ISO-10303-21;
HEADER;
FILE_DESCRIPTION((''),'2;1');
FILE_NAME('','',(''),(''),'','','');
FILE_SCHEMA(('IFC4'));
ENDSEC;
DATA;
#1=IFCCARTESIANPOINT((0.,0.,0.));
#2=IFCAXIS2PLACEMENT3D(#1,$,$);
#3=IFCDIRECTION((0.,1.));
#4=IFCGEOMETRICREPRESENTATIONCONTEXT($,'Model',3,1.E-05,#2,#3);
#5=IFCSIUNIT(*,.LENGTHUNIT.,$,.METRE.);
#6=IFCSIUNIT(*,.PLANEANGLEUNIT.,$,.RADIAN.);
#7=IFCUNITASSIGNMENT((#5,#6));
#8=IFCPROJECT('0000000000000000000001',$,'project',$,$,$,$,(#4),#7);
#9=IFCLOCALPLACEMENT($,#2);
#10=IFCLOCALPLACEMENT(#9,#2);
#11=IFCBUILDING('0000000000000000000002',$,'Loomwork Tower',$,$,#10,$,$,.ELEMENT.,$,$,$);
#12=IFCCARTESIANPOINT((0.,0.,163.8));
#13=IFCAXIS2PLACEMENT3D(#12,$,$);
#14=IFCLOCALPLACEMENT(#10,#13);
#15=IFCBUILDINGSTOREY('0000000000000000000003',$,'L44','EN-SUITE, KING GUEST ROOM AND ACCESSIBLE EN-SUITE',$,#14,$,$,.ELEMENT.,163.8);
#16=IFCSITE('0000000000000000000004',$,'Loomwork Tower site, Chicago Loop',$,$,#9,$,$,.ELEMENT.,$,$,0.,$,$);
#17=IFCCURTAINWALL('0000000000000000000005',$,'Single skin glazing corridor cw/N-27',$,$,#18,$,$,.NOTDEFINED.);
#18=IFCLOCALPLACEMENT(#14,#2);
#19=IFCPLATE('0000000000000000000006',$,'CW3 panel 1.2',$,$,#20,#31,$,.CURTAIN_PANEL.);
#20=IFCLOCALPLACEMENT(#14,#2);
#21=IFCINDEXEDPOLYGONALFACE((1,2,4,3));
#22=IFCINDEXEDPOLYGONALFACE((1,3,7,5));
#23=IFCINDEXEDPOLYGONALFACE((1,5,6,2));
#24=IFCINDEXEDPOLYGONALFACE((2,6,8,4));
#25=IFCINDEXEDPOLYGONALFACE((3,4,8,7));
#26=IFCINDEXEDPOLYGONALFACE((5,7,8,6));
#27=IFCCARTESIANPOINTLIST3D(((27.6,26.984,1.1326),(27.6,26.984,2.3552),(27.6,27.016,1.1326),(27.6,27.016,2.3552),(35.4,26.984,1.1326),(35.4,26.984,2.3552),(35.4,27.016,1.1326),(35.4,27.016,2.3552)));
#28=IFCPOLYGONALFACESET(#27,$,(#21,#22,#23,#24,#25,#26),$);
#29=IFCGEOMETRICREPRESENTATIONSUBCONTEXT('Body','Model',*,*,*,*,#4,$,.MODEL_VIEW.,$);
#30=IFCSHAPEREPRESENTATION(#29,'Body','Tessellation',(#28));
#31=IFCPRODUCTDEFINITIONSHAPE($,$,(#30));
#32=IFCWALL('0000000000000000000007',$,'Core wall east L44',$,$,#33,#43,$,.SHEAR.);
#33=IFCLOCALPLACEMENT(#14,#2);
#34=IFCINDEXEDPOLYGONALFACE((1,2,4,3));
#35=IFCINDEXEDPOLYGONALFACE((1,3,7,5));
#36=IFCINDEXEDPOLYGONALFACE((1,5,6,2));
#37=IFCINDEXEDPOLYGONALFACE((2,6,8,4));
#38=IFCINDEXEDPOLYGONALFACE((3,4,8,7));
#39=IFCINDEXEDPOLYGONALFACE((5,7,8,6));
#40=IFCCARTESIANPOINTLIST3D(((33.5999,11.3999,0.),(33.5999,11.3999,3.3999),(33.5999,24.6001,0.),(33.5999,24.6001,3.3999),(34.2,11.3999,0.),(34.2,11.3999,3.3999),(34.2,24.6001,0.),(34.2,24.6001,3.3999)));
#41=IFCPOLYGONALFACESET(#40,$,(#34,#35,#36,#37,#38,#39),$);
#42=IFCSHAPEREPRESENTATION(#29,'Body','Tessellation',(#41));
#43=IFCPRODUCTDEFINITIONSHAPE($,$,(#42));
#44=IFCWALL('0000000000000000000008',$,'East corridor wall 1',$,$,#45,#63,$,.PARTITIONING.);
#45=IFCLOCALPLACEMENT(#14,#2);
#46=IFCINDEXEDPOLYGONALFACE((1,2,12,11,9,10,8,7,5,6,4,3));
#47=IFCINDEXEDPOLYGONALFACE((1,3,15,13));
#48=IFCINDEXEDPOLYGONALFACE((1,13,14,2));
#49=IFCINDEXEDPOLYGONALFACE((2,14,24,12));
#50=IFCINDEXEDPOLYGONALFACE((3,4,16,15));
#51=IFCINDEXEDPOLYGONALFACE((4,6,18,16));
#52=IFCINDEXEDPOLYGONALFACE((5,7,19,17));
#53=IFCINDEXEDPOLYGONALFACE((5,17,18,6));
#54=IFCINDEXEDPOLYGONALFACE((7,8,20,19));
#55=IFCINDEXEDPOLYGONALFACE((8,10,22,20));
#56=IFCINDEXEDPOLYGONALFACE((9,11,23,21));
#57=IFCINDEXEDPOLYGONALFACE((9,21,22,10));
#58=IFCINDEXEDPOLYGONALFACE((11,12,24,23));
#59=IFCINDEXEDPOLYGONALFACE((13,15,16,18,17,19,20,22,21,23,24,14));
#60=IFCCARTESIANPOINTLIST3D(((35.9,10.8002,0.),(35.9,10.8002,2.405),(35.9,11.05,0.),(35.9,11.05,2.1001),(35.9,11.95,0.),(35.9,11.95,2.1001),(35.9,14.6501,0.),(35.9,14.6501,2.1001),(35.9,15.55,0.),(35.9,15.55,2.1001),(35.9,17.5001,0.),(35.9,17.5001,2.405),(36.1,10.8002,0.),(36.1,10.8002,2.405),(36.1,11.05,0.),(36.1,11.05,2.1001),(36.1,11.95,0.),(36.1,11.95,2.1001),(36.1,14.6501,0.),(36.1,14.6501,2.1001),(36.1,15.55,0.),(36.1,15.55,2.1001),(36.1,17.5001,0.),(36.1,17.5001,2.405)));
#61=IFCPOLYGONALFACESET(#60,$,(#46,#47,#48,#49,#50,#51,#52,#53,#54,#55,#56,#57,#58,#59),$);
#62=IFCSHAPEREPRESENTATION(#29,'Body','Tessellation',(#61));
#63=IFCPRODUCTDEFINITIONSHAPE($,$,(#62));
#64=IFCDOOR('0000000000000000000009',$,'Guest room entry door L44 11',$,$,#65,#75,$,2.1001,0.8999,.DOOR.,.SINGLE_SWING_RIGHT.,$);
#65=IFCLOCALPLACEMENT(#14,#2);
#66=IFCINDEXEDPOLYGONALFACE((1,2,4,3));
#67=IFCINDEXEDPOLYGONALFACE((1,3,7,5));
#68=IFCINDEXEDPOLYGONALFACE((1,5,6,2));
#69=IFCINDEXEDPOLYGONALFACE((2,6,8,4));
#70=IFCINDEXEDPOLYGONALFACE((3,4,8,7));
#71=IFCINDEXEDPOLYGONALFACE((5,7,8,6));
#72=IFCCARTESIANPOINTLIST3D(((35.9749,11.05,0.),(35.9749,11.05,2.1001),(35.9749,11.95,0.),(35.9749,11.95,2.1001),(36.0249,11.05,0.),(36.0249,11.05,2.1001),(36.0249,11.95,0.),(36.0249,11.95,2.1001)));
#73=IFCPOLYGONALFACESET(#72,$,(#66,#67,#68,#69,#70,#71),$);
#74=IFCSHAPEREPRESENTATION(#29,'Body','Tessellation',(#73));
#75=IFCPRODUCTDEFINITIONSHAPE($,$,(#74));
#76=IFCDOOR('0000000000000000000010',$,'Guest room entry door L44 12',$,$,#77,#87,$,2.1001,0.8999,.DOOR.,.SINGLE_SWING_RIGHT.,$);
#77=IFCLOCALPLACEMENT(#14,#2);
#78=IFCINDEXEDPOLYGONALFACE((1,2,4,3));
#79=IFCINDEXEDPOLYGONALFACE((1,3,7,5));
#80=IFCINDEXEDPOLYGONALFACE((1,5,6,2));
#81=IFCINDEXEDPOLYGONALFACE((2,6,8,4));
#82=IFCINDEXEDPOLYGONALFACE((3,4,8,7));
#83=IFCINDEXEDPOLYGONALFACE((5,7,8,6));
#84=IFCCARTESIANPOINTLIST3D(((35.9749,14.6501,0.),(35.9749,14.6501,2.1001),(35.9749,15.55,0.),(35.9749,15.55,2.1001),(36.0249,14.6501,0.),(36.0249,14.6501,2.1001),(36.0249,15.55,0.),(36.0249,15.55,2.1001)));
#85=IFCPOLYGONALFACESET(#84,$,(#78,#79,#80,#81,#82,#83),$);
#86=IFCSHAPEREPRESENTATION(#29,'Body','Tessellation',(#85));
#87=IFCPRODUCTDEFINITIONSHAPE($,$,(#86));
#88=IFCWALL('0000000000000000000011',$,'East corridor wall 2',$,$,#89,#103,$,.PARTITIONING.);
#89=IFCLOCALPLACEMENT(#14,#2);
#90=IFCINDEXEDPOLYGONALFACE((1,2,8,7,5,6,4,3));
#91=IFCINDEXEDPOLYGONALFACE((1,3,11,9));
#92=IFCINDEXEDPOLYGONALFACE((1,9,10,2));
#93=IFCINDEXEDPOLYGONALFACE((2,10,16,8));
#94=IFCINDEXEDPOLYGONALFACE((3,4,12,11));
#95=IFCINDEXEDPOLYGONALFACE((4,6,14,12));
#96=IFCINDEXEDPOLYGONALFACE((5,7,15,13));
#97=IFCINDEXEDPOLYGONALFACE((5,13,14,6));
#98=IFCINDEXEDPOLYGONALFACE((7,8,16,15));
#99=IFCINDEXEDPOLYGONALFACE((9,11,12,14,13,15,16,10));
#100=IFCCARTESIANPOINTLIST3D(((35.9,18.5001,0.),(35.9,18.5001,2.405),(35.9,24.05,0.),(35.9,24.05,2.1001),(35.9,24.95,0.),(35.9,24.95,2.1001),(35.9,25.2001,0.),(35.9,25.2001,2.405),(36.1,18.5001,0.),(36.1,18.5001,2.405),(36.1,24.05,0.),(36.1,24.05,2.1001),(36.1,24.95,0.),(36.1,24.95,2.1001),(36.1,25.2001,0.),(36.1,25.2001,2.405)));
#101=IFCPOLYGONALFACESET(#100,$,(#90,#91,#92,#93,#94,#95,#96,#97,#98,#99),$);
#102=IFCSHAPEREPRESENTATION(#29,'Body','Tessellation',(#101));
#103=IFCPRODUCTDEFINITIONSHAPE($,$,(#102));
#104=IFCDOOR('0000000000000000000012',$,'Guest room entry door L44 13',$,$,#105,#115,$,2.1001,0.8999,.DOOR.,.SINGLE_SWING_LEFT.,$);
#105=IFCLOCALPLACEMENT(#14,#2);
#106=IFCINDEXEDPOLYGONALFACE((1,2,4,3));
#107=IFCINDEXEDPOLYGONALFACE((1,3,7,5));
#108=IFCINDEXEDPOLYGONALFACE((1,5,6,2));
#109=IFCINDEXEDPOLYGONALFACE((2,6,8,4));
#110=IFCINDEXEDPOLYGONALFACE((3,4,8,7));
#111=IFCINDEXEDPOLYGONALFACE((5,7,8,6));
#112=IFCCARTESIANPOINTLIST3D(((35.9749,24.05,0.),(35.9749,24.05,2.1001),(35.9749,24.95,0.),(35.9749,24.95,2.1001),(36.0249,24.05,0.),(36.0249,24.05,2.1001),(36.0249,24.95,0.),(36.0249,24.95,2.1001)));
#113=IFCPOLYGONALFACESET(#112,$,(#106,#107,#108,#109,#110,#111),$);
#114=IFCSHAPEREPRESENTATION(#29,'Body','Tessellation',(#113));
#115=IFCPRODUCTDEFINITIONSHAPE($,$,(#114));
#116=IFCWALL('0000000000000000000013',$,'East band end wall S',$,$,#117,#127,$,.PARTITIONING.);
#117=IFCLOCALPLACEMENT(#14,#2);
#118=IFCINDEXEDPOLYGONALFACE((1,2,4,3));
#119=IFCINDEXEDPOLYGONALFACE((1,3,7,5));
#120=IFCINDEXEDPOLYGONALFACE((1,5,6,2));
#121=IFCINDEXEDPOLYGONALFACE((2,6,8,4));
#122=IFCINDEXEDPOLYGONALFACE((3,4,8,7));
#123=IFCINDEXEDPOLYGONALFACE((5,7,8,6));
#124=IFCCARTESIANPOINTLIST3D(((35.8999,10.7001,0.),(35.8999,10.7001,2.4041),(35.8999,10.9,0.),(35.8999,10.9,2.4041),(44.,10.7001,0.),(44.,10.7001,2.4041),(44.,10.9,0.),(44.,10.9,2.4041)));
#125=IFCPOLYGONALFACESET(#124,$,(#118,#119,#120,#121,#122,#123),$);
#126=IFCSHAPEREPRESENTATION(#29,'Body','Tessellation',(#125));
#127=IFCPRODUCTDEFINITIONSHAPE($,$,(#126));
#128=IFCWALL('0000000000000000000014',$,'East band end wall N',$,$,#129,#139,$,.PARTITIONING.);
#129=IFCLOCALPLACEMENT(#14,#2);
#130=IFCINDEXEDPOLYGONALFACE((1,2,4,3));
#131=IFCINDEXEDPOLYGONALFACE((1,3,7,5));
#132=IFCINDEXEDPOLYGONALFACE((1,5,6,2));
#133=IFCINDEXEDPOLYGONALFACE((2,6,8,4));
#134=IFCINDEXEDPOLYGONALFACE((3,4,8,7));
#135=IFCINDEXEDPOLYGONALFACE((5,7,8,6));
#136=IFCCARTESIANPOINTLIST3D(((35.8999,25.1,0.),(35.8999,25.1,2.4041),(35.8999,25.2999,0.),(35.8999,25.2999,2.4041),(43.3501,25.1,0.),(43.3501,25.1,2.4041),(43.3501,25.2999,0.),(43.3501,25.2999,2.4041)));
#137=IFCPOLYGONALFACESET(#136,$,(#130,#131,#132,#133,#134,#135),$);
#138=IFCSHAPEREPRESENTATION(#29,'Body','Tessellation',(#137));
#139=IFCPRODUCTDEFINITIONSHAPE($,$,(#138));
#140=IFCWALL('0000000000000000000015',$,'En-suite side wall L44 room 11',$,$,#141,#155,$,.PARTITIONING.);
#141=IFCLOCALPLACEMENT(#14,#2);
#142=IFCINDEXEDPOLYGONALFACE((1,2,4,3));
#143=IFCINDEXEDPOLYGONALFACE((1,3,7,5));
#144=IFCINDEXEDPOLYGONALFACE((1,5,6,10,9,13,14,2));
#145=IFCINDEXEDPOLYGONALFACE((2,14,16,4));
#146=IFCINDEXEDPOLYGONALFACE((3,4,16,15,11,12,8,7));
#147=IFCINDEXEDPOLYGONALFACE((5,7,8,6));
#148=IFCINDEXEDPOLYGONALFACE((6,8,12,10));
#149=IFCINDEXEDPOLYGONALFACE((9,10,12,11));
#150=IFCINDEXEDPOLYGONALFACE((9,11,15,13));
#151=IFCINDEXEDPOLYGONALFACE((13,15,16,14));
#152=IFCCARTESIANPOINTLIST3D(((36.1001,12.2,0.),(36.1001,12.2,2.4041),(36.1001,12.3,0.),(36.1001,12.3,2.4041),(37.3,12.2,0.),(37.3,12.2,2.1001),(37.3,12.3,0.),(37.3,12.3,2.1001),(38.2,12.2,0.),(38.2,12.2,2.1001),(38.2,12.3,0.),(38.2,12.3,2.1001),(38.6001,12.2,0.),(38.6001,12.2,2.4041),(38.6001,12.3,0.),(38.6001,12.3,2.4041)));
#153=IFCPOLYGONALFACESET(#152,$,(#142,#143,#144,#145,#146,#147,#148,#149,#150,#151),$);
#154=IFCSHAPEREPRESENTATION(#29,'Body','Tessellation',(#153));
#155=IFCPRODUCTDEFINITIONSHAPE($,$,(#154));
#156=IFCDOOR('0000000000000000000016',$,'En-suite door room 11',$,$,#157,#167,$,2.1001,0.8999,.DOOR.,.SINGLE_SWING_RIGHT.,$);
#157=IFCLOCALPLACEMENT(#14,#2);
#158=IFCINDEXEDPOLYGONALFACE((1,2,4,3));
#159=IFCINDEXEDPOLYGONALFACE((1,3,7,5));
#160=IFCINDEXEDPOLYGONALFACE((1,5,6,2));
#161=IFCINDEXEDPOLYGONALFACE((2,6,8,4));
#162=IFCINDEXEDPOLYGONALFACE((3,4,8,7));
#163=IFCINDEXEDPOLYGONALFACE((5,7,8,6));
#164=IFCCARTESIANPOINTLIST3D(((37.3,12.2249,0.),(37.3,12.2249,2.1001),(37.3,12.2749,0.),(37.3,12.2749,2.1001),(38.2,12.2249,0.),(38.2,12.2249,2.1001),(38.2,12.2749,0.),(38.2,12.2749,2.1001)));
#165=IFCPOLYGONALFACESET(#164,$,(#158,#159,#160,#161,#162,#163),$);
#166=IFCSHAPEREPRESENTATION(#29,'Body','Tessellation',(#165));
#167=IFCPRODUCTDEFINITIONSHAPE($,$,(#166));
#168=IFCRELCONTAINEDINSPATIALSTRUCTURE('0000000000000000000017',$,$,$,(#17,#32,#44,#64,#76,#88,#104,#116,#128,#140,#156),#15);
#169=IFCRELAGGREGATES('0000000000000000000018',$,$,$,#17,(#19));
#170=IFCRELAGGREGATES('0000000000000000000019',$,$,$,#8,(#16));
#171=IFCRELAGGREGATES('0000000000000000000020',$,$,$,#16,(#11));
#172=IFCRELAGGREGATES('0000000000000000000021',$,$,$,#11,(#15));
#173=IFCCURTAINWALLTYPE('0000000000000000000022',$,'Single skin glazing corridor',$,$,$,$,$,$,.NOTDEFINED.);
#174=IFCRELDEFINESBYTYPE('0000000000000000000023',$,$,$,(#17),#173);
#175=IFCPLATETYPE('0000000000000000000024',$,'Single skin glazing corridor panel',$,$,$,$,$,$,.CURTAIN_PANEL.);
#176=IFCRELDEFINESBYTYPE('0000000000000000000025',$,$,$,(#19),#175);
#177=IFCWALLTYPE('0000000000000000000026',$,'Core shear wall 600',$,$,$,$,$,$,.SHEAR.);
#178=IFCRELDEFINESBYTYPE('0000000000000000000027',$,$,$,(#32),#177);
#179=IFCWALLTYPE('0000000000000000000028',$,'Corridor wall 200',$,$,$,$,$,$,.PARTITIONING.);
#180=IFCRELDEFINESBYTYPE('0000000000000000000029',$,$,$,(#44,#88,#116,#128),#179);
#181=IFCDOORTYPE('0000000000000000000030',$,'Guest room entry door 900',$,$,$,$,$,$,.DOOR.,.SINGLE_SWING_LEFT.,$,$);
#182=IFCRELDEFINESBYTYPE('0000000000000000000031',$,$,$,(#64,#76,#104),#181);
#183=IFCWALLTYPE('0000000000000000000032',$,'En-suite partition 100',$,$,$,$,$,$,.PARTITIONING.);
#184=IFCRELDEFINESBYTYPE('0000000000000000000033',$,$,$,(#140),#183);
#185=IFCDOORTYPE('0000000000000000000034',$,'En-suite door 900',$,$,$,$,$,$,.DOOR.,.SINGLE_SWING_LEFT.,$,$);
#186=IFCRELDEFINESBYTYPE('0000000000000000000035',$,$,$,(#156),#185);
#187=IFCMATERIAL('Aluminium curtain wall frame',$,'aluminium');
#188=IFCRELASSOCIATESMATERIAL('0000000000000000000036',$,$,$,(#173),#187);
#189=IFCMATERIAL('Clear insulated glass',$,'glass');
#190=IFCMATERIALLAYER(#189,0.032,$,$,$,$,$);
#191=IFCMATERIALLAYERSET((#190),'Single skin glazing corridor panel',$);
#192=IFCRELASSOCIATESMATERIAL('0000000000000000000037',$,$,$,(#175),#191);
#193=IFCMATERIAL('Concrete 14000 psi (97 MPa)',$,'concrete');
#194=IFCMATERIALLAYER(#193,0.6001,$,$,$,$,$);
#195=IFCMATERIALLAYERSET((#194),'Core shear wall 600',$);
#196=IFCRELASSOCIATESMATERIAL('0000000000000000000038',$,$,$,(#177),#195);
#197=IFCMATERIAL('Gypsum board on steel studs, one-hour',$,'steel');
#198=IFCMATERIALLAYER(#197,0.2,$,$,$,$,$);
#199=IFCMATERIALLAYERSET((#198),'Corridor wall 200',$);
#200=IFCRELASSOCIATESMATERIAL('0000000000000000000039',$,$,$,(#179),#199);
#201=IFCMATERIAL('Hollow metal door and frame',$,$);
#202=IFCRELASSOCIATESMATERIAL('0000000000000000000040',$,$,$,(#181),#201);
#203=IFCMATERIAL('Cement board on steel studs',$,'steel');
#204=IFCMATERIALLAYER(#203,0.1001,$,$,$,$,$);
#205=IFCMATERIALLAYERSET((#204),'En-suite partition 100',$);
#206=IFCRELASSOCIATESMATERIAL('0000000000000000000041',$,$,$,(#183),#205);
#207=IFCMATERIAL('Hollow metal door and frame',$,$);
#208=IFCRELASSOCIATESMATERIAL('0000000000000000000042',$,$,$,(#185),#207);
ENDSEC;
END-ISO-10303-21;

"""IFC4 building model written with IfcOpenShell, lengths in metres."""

from ifc_helpers import new_model, si_unit, direction, frame, frame_2d, origin, origin_2d, place, context, subcontext, project, spatial, rectangle, extrude, material, layer, layer_set, type_object, element, fill, aggregate, save


model = new_model("IFC4")

# Units and contexts
model_context = context("Model", 3, precision=1e-05, world=origin(), true_north=direction((0.0, 1.0)))
body_context = subcontext(model_context, "Body", "Model", "MODEL_VIEW")
ifc_project = project(units=[si_unit("LENGTHUNIT", "METRE"), si_unit("PLANEANGLEUNIT", "RADIAN")], contexts=[model_context])

# Site, building, storey
site_placement = place(None, origin())
site = spatial("IfcSite", under=ifc_project, at=site_placement, Name="Loomwork Tower site, Chicago Loop", CompositionType="ELEMENT", RefElevation=0.0)
building_placement = place(site_placement, origin())
building = spatial("IfcBuilding", under=site, at=building_placement, Name="Loomwork Tower", CompositionType="ELEMENT")
storey_placement = place(building_placement, frame((0.0, 0.0, 163.8)))
storey = spatial("IfcBuildingStorey", under=building, at=storey_placement, Name="L44", Description="EN-SUITE, KING GUEST ROOM AND ACCESSIBLE EN-SUITE", CompositionType="ELEMENT", Elevation=163.8)

# Curtain wall, plate
ifc_material_1 = material(Name="Aluminium curtain wall frame", Category="aluminium")
curtain_wall_type = type_object("IfcCurtainWallType", Name="Single skin glazing corridor", PredefinedType="NOTDEFINED", material=ifc_material_1)
curtain_wall_placement = place(storey_placement, origin())
curtain_wall = element("IfcCurtainWall", 1, at=curtain_wall_placement, inside=storey, type_object=curtain_wall_type, Name="Single skin glazing corridor cw/N-27", PredefinedType="NOTDEFINED")
ifc_material_2 = material(Name="Clear insulated glass", Category="glass")
ifc_layer_1 = layer(ifc_material_2, 0.032)
ifc_layer_set_1 = layer_set([ifc_layer_1], Name="Single skin glazing corridor panel")
plate_type = type_object("IfcPlateType", Name="Single skin glazing corridor panel", PredefinedType="CURTAIN_PANEL", material=ifc_layer_set_1)
plate_placement = place(storey_placement, frame((31.5, 27.0, 1.1326), z_axis=(0.0, 0.0, 1.0), x_axis=(-1.0, 0.0, 0.0)))
plate = element("IfcPlate", 2, at=plate_placement, type_object=plate_type, Name="CW3 panel 1.2", PredefinedType="CURTAIN_PANEL", context=body_context, shape_type="SweptSolid", body=[
    extrude(rectangle(XDim=7.8, YDim=0.032, at=origin_2d()), origin(), (0.0, 0.0, 1.0), 1.2227),
])
aggregate(curtain_wall, [plate])

# Wall
ifc_material_3 = material(Name="Concrete 14000 psi (97 MPa)", Category="concrete")
ifc_layer_2 = layer(ifc_material_3, 0.6001)
ifc_layer_set_2 = layer_set([ifc_layer_2], Name="Core shear wall 600")
wall_type_1 = type_object("IfcWallType", Name="Core shear wall 600", PredefinedType="SHEAR", material=ifc_layer_set_2)
wall_1_placement = place(storey_placement, frame((33.8999, 11.3999, 0.0), z_axis=(0.0, 0.0, 1.0), x_axis=(0.0, 1.0, 0.0)))
element("IfcWall", 3, at=wall_1_placement, inside=storey, type_object=wall_type_1, Name="Core wall east L44", PredefinedType="SHEAR", context=body_context, shape_type="SweptSolid", body=[
    extrude(rectangle(XDim=13.2002, YDim=0.6001, at=frame_2d((6.6001, 0.0))), origin(), (0.0, 0.0, 1.0), 3.3999),
])

# Wall, openings, doors
ifc_material_4 = material(Name="Gypsum board on steel studs, one-hour", Category="steel")
ifc_layer_3 = layer(ifc_material_4, 0.2)
ifc_layer_set_3 = layer_set([ifc_layer_3], Name="Corridor wall 200")
wall_type_2 = type_object("IfcWallType", Name="Corridor wall 200", PredefinedType="PARTITIONING", material=ifc_layer_set_3)
wall_2_placement = place(storey_placement, frame((36.0, 10.8, 0.0), z_axis=(0.0, 0.0, 1.0), x_axis=(0.0, 1.0, 0.0)))
wall_2 = element("IfcWall", 4, at=wall_2_placement, inside=storey, type_object=wall_type_2, Name="East corridor wall 1", PredefinedType="PARTITIONING", context=body_context, shape_type="SweptSolid", body=[
    extrude(rectangle(XDim=6.7, YDim=0.2, at=frame_2d((3.3501, 0.0))), origin(), (0.0, 0.0, 1.0), 2.405),
])
opening_1_placement = place(wall_2_placement, frame((0.25, 0.0, 0.0)))
opening_1 = element("IfcOpeningElement", 5, at=opening_1_placement, cuts=wall_2, PredefinedType="OPENING", context=body_context, shape_type="SweptSolid", body=[
    extrude(rectangle(XDim=0.8999, YDim=2.1001, at=frame_2d((0.45, 1.05))), frame((0.0, 0.1099, 0.0), z_axis=(0.0, -1.0, 0.0), x_axis=(1.0, 0.0, 0.0)), (0.0, 0.0, 1.0), 0.22),
])
opening_2_placement = place(wall_2_placement, frame((3.8501, 0.0, 0.0)))
opening_2 = element("IfcOpeningElement", 6, at=opening_2_placement, cuts=wall_2, PredefinedType="OPENING", context=body_context, shape_type="SweptSolid", body=[
    extrude(rectangle(XDim=0.8999, YDim=2.1001, at=frame_2d((0.45, 1.05))), frame((0.0, 0.1099, 0.0), z_axis=(0.0, -1.0, 0.0), x_axis=(1.0, 0.0, 0.0)), (0.0, 0.0, 1.0), 0.22),
])
ifc_material_5 = material(Name="Hollow metal door and frame")
door_type_1 = type_object("IfcDoorType", Name="Guest room entry door 900", OperationType="SINGLE_SWING_LEFT", PredefinedType="DOOR", material=ifc_material_5)
door_1_placement = place(opening_1_placement, frame((0.8999, 0.0, 0.0), z_axis=(0.0, 0.0, 1.0), x_axis=(-1.0, 0.0, 0.0)))
door_1 = element("IfcDoor", 7, at=door_1_placement, inside=storey, type_object=door_type_1, Name="Guest room entry door L44 11", OperationType="SINGLE_SWING_RIGHT", OverallHeight=2.1001, OverallWidth=0.8999, PredefinedType="DOOR", context=body_context, shape_type="SweptSolid", body=[
    extrude(rectangle(XDim=0.8999, YDim=2.1001, at=frame_2d((0.45, 1.05))), frame((0.0, 0.0249, 0.0), z_axis=(0.0, -1.0, 0.0), x_axis=(1.0, 0.0, 0.0)), (0.0, 0.0, 1.0), 0.05),
])
fill(opening_1, door_1)
door_2_placement = place(opening_2_placement, frame((0.8999, 0.0, 0.0), z_axis=(0.0, 0.0, 1.0), x_axis=(-1.0, 0.0, 0.0)))
door_2 = element("IfcDoor", 8, at=door_2_placement, inside=storey, type_object=door_type_1, Name="Guest room entry door L44 12", OperationType="SINGLE_SWING_RIGHT", OverallHeight=2.1001, OverallWidth=0.8999, PredefinedType="DOOR", context=body_context, shape_type="SweptSolid", body=[
    extrude(rectangle(XDim=0.8999, YDim=2.1001, at=frame_2d((0.45, 1.05))), frame((0.0, 0.0249, 0.0), z_axis=(0.0, -1.0, 0.0), x_axis=(1.0, 0.0, 0.0)), (0.0, 0.0, 1.0), 0.05),
])
fill(opening_2, door_2)

# Wall, opening, door
wall_3_placement = place(storey_placement, frame((36.0, 18.5, 0.0), z_axis=(0.0, 0.0, 1.0), x_axis=(0.0, 1.0, 0.0)))
wall_3 = element("IfcWall", 9, at=wall_3_placement, inside=storey, type_object=wall_type_2, Name="East corridor wall 2", PredefinedType="PARTITIONING", context=body_context, shape_type="SweptSolid", body=[
    extrude(rectangle(XDim=6.7, YDim=0.2, at=frame_2d((3.3501, 0.0))), origin(), (0.0, 0.0, 1.0), 2.405),
])
opening_3_placement = place(wall_3_placement, frame((5.55, 0.0, 0.0)))
opening_3 = element("IfcOpeningElement", 10, at=opening_3_placement, cuts=wall_3, PredefinedType="OPENING", context=body_context, shape_type="SweptSolid", body=[
    extrude(rectangle(XDim=0.8999, YDim=2.1001, at=frame_2d((0.45, 1.05))), frame((0.0, 0.1099, 0.0), z_axis=(0.0, -1.0, 0.0), x_axis=(1.0, 0.0, 0.0)), (0.0, 0.0, 1.0), 0.22),
])
door_3_placement = place(opening_3_placement, frame((0.8999, 0.0, 0.0), z_axis=(0.0, 0.0, 1.0), x_axis=(-1.0, 0.0, 0.0)))
door_3 = element("IfcDoor", 11, at=door_3_placement, inside=storey, type_object=door_type_1, Name="Guest room entry door L44 13", OperationType="SINGLE_SWING_LEFT", OverallHeight=2.1001, OverallWidth=0.8999, PredefinedType="DOOR", context=body_context, shape_type="SweptSolid", body=[
    extrude(rectangle(XDim=0.8999, YDim=2.1001, at=frame_2d((0.45, 1.05))), frame((0.0, 0.0249, 0.0), z_axis=(0.0, -1.0, 0.0), x_axis=(1.0, 0.0, 0.0)), (0.0, 0.0, 1.0), 0.05),
])
fill(opening_3, door_3)

# Walls
wall_4_placement = place(storey_placement, frame((35.8999, 10.8, 0.0), z_axis=(0.0, 0.0, 1.0), x_axis=(1.0, 0.0, 0.0)))
element("IfcWall", 12, at=wall_4_placement, inside=storey, type_object=wall_type_2, Name="East band end wall S", PredefinedType="PARTITIONING", context=body_context, shape_type="SweptSolid", body=[
    extrude(rectangle(XDim=8.1001, YDim=0.2, at=frame_2d((4.05, 0.0))), origin(), (0.0, 0.0, 1.0), 2.4041),
])
wall_5_placement = place(storey_placement, frame((35.8999, 25.2, 0.0), z_axis=(0.0, 0.0, 1.0), x_axis=(1.0, 0.0, 0.0)))
element("IfcWall", 13, at=wall_5_placement, inside=storey, type_object=wall_type_2, Name="East band end wall N", PredefinedType="PARTITIONING", context=body_context, shape_type="SweptSolid", body=[
    extrude(rectangle(XDim=7.4502, YDim=0.2, at=frame_2d((3.7251, 0.0))), origin(), (0.0, 0.0, 1.0), 2.4041),
])

# Wall, opening, door
ifc_material_6 = material(Name="Cement board on steel studs", Category="steel")
ifc_layer_4 = layer(ifc_material_6, 0.1001)
ifc_layer_set_4 = layer_set([ifc_layer_4], Name="En-suite partition 100")
wall_type_3 = type_object("IfcWallType", Name="En-suite partition 100", PredefinedType="PARTITIONING", material=ifc_layer_set_4)
wall_6_placement = place(storey_placement, frame((36.1001, 12.25, 0.0), z_axis=(0.0, 0.0, 1.0), x_axis=(1.0, 0.0, 0.0)))
wall_6 = element("IfcWall", 14, at=wall_6_placement, inside=storey, type_object=wall_type_3, Name="En-suite side wall L44 room 11", PredefinedType="PARTITIONING", context=body_context, shape_type="SweptSolid", body=[
    extrude(rectangle(XDim=2.5, YDim=0.1001, at=frame_2d((1.25, 0.0))), origin(), (0.0, 0.0, 1.0), 2.4041),
])
opening_4_placement = place(wall_6_placement, frame((1.2, 0.0, 0.0)))
opening_4 = element("IfcOpeningElement", 15, at=opening_4_placement, cuts=wall_6, PredefinedType="OPENING", context=body_context, shape_type="SweptSolid", body=[
    extrude(rectangle(XDim=0.8999, YDim=2.1001, at=frame_2d((0.45, 1.05))), frame((0.0, 0.0601, 0.0), z_axis=(0.0, -1.0, 0.0), x_axis=(1.0, 0.0, 0.0)), (0.0, 0.0, 1.0), 0.1201),
])
ifc_material_7 = material(Name="Hollow metal door and frame")
door_type_2 = type_object("IfcDoorType", Name="En-suite door 900", OperationType="SINGLE_SWING_LEFT", PredefinedType="DOOR", material=ifc_material_7)
door_4_placement = place(opening_4_placement, origin())
door_4 = element("IfcDoor", 16, at=door_4_placement, inside=storey, type_object=door_type_2, Name="En-suite door room 11", OperationType="SINGLE_SWING_RIGHT", OverallHeight=2.1001, OverallWidth=0.8999, PredefinedType="DOOR", context=body_context, shape_type="SweptSolid", body=[
    extrude(rectangle(XDim=0.8999, YDim=2.1001, at=frame_2d((0.45, 1.05))), frame((0.0, 0.0249, 0.0), z_axis=(0.0, -1.0, 0.0), x_axis=(1.0, 0.0, 0.0)), (0.0, 0.0, 1.0), 0.05),
])
fill(opening_4, door_4)

save(model, "model.ifc")
